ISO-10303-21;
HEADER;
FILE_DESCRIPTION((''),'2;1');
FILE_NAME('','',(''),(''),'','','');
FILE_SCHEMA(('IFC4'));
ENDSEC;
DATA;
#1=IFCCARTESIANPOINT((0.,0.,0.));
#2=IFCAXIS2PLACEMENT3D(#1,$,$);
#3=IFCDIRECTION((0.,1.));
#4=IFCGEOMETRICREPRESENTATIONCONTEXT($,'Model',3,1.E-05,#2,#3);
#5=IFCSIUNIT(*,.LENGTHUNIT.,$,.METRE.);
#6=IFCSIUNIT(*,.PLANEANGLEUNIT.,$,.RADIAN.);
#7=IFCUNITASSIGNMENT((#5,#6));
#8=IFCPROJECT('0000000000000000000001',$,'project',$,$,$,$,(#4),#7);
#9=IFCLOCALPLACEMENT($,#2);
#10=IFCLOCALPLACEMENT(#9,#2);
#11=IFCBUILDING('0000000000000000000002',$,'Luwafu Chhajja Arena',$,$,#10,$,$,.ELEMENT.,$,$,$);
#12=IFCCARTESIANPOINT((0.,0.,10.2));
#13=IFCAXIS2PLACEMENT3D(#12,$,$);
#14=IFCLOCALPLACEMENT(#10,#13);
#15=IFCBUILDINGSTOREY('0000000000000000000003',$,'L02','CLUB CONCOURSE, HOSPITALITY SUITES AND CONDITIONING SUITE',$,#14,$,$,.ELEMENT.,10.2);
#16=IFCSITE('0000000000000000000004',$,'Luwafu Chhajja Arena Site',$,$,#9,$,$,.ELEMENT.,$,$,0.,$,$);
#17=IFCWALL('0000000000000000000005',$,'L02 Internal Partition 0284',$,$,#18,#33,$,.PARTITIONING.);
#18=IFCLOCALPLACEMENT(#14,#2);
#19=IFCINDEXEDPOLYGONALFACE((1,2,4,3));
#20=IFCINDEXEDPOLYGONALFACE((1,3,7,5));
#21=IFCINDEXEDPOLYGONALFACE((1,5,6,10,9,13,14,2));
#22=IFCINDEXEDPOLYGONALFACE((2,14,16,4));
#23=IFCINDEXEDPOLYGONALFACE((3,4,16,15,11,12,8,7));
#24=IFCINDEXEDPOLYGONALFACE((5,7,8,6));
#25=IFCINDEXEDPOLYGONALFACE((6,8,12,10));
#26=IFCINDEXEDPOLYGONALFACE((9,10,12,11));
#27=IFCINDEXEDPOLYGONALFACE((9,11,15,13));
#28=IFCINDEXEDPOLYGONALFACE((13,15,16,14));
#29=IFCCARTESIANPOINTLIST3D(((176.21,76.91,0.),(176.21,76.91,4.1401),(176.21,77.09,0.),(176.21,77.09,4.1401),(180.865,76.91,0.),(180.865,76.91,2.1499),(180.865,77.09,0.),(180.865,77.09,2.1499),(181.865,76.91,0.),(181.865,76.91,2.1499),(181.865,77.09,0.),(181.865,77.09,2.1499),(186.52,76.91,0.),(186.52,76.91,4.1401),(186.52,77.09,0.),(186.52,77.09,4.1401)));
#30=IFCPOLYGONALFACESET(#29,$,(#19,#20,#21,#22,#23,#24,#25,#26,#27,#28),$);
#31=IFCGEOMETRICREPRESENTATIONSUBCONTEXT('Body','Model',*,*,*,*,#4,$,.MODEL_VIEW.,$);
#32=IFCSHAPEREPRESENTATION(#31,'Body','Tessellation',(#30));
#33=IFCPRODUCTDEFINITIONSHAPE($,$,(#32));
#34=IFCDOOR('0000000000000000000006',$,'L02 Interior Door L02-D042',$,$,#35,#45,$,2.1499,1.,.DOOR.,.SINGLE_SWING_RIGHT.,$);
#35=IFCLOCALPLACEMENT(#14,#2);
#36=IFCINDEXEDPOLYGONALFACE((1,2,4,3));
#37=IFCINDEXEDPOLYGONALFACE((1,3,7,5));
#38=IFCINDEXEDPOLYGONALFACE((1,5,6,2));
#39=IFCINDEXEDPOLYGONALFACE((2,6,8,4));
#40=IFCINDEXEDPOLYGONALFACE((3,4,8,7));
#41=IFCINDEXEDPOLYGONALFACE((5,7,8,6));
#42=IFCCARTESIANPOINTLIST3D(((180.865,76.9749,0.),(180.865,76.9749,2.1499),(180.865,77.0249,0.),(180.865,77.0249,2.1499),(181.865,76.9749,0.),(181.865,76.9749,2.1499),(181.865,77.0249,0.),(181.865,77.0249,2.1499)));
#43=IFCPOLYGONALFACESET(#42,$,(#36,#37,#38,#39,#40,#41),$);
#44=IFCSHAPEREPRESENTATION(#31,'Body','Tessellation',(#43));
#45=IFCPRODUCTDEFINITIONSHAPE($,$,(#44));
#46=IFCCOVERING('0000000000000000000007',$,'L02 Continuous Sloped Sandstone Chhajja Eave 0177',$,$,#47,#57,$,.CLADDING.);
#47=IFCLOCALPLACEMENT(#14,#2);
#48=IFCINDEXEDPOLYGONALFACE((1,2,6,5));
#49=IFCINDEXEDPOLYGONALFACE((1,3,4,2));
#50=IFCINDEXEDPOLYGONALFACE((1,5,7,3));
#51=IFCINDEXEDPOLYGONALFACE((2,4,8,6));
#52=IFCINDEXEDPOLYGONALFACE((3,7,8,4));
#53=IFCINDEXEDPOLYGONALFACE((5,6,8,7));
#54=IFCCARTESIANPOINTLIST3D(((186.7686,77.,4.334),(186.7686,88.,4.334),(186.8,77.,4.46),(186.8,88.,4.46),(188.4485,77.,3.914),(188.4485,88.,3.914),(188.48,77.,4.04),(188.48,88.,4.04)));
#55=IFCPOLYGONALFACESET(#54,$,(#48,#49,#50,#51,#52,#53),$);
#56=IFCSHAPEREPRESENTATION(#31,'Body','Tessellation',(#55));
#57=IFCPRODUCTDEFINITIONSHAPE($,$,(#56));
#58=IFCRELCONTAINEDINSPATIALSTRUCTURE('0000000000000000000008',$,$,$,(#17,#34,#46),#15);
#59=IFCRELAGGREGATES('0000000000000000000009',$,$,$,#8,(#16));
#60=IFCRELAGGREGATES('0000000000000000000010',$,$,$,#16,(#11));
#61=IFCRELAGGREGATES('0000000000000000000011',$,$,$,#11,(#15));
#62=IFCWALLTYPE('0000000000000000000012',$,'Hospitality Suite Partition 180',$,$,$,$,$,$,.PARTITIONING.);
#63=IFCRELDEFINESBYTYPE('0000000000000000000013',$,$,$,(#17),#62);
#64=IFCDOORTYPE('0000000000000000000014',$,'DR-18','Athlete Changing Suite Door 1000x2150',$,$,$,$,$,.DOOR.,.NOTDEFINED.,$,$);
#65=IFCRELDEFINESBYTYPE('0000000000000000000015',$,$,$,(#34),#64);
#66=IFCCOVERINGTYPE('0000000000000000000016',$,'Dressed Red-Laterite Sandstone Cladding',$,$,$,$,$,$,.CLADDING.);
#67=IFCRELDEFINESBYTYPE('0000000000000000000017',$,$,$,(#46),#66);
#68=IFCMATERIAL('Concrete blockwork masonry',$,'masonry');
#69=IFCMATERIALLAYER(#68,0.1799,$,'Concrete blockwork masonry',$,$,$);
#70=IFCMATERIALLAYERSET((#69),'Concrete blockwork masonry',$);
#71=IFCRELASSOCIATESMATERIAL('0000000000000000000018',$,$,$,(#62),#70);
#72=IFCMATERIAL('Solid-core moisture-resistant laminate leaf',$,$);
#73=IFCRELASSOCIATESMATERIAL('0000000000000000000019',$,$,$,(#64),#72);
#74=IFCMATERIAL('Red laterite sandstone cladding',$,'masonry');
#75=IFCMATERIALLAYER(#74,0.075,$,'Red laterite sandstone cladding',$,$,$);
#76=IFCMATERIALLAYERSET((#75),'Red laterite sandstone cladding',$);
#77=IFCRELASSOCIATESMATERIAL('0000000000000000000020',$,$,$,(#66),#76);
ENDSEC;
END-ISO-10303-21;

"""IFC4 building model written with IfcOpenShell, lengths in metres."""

from ifc_helpers import new_model, si_unit, direction, frame, frame_2d, origin, place, context, subcontext, project, spatial, polyline, rectangle, outline, extrude, material, layer, layer_set, type_object, element, fill, save


model = new_model("IFC4")

# Units and contexts
model_context = context("Model", 3, precision=1e-05, world=origin(), true_north=direction((0.0, 1.0)))
body_context = subcontext(model_context, "Body", "Model", "MODEL_VIEW")
ifc_project = project(units=[si_unit("LENGTHUNIT", "METRE"), si_unit("PLANEANGLEUNIT", "RADIAN")], contexts=[model_context])

# Site, building, storey
site_placement = place(None, origin())
site = spatial("IfcSite", under=ifc_project, at=site_placement, Name="Luwafu Chhajja Arena Site", CompositionType="ELEMENT", RefElevation=0.0)
building_placement = place(site_placement, origin())
building = spatial("IfcBuilding", under=site, at=building_placement, Name="Luwafu Chhajja Arena", CompositionType="ELEMENT")
storey_placement = place(building_placement, frame((0.0, 0.0, 10.2)))
storey = spatial("IfcBuildingStorey", under=building, at=storey_placement, Name="L02", Description="CLUB CONCOURSE, HOSPITALITY SUITES AND CONDITIONING SUITE", CompositionType="ELEMENT", Elevation=10.2)

# Wall, opening, door
ifc_material_1 = material(Name="Concrete blockwork masonry", Category="masonry")
ifc_layer_1 = layer(ifc_material_1, 0.1799, Name="Concrete blockwork masonry")
ifc_layer_set_1 = layer_set([ifc_layer_1], Name="Concrete blockwork masonry")
wall_type = type_object("IfcWallType", Name="Hospitality Suite Partition 180", PredefinedType="PARTITIONING", material=ifc_layer_set_1)
wall_placement = place(storey_placement, frame((176.21, 77.0, 0.0), z_axis=(0.0, 0.0, 1.0), x_axis=(1.0, 0.0, 0.0)))
wall = element("IfcWall", 1, at=wall_placement, inside=storey, type_object=wall_type, Name="L02 Internal Partition 0284", PredefinedType="PARTITIONING", context=body_context, shape_type="SweptSolid", body=[
    extrude(rectangle(XDim=10.3101, YDim=0.1799, at=frame_2d((5.155, 0.0))), origin(), (0.0, 0.0, 1.0), 4.1401),
])
opening_placement = place(wall_placement, frame((4.655, 0.0, 0.0)))
opening = element("IfcOpeningElement", 2, at=opening_placement, cuts=wall, PredefinedType="OPENING", context=body_context, shape_type="SweptSolid", body=[
    extrude(rectangle(XDim=1.0, YDim=2.1499, at=frame_2d((0.5, 1.075))), frame((0.0, 0.0999, 0.0), z_axis=(0.0, -1.0, 0.0), x_axis=(1.0, 0.0, 0.0)), (0.0, 0.0, 1.0), 0.2),
])
ifc_material_2 = material(Name="Solid-core moisture-resistant laminate leaf")
door_type = type_object("IfcDoorType", Name="DR-18", Description="Athlete Changing Suite Door 1000x2150", OperationType="NOTDEFINED", PredefinedType="DOOR", material=ifc_material_2)
door_placement = place(opening_placement, origin())
door = element("IfcDoor", 3, at=door_placement, inside=storey, type_object=door_type, Name="L02 Interior Door L02-D042", OperationType="SINGLE_SWING_RIGHT", OverallHeight=2.1499, OverallWidth=1.0, PredefinedType="DOOR", context=body_context, shape_type="SweptSolid", body=[
    extrude(rectangle(XDim=1.0, YDim=2.1499, at=frame_2d((0.5, 1.075))), frame((0.0, 0.0249, 0.0), z_axis=(0.0, -1.0, 0.0), x_axis=(1.0, 0.0, 0.0)), (0.0, 0.0, 1.0), 0.05),
])
fill(opening, door)

# Covering
ifc_material_3 = material(Name="Red laterite sandstone cladding", Category="masonry")
ifc_layer_2 = layer(ifc_material_3, 0.075, Name="Red laterite sandstone cladding")
ifc_layer_set_2 = layer_set([ifc_layer_2], Name="Red laterite sandstone cladding")
covering_type = type_object("IfcCoveringType", Name="Dressed Red-Laterite Sandstone Cladding", PredefinedType="CLADDING", material=ifc_layer_set_2)
covering_placement = place(storey_placement, frame((186.8, 77.0, 4.46), z_axis=(0.242502, 0.0, 0.970151), x_axis=(0.0, 1.0, 0.0)))
element("IfcCovering", 4, at=covering_placement, inside=storey, type_object=covering_type, Name="L02 Continuous Sloped Sandstone Chhajja Eave 0177", PredefinedType="CLADDING", context=body_context, shape_type="SweptSolid", body=[
    extrude(outline(polyline([(0.0, 0.0), (11.0, 0.0), (11.0, -1.7316), (0.0, -1.7316), (0.0, 0.0)])), origin(), (0.0, 0.0, -1.0), 0.1299),
])

save(model, "model.ifc")
